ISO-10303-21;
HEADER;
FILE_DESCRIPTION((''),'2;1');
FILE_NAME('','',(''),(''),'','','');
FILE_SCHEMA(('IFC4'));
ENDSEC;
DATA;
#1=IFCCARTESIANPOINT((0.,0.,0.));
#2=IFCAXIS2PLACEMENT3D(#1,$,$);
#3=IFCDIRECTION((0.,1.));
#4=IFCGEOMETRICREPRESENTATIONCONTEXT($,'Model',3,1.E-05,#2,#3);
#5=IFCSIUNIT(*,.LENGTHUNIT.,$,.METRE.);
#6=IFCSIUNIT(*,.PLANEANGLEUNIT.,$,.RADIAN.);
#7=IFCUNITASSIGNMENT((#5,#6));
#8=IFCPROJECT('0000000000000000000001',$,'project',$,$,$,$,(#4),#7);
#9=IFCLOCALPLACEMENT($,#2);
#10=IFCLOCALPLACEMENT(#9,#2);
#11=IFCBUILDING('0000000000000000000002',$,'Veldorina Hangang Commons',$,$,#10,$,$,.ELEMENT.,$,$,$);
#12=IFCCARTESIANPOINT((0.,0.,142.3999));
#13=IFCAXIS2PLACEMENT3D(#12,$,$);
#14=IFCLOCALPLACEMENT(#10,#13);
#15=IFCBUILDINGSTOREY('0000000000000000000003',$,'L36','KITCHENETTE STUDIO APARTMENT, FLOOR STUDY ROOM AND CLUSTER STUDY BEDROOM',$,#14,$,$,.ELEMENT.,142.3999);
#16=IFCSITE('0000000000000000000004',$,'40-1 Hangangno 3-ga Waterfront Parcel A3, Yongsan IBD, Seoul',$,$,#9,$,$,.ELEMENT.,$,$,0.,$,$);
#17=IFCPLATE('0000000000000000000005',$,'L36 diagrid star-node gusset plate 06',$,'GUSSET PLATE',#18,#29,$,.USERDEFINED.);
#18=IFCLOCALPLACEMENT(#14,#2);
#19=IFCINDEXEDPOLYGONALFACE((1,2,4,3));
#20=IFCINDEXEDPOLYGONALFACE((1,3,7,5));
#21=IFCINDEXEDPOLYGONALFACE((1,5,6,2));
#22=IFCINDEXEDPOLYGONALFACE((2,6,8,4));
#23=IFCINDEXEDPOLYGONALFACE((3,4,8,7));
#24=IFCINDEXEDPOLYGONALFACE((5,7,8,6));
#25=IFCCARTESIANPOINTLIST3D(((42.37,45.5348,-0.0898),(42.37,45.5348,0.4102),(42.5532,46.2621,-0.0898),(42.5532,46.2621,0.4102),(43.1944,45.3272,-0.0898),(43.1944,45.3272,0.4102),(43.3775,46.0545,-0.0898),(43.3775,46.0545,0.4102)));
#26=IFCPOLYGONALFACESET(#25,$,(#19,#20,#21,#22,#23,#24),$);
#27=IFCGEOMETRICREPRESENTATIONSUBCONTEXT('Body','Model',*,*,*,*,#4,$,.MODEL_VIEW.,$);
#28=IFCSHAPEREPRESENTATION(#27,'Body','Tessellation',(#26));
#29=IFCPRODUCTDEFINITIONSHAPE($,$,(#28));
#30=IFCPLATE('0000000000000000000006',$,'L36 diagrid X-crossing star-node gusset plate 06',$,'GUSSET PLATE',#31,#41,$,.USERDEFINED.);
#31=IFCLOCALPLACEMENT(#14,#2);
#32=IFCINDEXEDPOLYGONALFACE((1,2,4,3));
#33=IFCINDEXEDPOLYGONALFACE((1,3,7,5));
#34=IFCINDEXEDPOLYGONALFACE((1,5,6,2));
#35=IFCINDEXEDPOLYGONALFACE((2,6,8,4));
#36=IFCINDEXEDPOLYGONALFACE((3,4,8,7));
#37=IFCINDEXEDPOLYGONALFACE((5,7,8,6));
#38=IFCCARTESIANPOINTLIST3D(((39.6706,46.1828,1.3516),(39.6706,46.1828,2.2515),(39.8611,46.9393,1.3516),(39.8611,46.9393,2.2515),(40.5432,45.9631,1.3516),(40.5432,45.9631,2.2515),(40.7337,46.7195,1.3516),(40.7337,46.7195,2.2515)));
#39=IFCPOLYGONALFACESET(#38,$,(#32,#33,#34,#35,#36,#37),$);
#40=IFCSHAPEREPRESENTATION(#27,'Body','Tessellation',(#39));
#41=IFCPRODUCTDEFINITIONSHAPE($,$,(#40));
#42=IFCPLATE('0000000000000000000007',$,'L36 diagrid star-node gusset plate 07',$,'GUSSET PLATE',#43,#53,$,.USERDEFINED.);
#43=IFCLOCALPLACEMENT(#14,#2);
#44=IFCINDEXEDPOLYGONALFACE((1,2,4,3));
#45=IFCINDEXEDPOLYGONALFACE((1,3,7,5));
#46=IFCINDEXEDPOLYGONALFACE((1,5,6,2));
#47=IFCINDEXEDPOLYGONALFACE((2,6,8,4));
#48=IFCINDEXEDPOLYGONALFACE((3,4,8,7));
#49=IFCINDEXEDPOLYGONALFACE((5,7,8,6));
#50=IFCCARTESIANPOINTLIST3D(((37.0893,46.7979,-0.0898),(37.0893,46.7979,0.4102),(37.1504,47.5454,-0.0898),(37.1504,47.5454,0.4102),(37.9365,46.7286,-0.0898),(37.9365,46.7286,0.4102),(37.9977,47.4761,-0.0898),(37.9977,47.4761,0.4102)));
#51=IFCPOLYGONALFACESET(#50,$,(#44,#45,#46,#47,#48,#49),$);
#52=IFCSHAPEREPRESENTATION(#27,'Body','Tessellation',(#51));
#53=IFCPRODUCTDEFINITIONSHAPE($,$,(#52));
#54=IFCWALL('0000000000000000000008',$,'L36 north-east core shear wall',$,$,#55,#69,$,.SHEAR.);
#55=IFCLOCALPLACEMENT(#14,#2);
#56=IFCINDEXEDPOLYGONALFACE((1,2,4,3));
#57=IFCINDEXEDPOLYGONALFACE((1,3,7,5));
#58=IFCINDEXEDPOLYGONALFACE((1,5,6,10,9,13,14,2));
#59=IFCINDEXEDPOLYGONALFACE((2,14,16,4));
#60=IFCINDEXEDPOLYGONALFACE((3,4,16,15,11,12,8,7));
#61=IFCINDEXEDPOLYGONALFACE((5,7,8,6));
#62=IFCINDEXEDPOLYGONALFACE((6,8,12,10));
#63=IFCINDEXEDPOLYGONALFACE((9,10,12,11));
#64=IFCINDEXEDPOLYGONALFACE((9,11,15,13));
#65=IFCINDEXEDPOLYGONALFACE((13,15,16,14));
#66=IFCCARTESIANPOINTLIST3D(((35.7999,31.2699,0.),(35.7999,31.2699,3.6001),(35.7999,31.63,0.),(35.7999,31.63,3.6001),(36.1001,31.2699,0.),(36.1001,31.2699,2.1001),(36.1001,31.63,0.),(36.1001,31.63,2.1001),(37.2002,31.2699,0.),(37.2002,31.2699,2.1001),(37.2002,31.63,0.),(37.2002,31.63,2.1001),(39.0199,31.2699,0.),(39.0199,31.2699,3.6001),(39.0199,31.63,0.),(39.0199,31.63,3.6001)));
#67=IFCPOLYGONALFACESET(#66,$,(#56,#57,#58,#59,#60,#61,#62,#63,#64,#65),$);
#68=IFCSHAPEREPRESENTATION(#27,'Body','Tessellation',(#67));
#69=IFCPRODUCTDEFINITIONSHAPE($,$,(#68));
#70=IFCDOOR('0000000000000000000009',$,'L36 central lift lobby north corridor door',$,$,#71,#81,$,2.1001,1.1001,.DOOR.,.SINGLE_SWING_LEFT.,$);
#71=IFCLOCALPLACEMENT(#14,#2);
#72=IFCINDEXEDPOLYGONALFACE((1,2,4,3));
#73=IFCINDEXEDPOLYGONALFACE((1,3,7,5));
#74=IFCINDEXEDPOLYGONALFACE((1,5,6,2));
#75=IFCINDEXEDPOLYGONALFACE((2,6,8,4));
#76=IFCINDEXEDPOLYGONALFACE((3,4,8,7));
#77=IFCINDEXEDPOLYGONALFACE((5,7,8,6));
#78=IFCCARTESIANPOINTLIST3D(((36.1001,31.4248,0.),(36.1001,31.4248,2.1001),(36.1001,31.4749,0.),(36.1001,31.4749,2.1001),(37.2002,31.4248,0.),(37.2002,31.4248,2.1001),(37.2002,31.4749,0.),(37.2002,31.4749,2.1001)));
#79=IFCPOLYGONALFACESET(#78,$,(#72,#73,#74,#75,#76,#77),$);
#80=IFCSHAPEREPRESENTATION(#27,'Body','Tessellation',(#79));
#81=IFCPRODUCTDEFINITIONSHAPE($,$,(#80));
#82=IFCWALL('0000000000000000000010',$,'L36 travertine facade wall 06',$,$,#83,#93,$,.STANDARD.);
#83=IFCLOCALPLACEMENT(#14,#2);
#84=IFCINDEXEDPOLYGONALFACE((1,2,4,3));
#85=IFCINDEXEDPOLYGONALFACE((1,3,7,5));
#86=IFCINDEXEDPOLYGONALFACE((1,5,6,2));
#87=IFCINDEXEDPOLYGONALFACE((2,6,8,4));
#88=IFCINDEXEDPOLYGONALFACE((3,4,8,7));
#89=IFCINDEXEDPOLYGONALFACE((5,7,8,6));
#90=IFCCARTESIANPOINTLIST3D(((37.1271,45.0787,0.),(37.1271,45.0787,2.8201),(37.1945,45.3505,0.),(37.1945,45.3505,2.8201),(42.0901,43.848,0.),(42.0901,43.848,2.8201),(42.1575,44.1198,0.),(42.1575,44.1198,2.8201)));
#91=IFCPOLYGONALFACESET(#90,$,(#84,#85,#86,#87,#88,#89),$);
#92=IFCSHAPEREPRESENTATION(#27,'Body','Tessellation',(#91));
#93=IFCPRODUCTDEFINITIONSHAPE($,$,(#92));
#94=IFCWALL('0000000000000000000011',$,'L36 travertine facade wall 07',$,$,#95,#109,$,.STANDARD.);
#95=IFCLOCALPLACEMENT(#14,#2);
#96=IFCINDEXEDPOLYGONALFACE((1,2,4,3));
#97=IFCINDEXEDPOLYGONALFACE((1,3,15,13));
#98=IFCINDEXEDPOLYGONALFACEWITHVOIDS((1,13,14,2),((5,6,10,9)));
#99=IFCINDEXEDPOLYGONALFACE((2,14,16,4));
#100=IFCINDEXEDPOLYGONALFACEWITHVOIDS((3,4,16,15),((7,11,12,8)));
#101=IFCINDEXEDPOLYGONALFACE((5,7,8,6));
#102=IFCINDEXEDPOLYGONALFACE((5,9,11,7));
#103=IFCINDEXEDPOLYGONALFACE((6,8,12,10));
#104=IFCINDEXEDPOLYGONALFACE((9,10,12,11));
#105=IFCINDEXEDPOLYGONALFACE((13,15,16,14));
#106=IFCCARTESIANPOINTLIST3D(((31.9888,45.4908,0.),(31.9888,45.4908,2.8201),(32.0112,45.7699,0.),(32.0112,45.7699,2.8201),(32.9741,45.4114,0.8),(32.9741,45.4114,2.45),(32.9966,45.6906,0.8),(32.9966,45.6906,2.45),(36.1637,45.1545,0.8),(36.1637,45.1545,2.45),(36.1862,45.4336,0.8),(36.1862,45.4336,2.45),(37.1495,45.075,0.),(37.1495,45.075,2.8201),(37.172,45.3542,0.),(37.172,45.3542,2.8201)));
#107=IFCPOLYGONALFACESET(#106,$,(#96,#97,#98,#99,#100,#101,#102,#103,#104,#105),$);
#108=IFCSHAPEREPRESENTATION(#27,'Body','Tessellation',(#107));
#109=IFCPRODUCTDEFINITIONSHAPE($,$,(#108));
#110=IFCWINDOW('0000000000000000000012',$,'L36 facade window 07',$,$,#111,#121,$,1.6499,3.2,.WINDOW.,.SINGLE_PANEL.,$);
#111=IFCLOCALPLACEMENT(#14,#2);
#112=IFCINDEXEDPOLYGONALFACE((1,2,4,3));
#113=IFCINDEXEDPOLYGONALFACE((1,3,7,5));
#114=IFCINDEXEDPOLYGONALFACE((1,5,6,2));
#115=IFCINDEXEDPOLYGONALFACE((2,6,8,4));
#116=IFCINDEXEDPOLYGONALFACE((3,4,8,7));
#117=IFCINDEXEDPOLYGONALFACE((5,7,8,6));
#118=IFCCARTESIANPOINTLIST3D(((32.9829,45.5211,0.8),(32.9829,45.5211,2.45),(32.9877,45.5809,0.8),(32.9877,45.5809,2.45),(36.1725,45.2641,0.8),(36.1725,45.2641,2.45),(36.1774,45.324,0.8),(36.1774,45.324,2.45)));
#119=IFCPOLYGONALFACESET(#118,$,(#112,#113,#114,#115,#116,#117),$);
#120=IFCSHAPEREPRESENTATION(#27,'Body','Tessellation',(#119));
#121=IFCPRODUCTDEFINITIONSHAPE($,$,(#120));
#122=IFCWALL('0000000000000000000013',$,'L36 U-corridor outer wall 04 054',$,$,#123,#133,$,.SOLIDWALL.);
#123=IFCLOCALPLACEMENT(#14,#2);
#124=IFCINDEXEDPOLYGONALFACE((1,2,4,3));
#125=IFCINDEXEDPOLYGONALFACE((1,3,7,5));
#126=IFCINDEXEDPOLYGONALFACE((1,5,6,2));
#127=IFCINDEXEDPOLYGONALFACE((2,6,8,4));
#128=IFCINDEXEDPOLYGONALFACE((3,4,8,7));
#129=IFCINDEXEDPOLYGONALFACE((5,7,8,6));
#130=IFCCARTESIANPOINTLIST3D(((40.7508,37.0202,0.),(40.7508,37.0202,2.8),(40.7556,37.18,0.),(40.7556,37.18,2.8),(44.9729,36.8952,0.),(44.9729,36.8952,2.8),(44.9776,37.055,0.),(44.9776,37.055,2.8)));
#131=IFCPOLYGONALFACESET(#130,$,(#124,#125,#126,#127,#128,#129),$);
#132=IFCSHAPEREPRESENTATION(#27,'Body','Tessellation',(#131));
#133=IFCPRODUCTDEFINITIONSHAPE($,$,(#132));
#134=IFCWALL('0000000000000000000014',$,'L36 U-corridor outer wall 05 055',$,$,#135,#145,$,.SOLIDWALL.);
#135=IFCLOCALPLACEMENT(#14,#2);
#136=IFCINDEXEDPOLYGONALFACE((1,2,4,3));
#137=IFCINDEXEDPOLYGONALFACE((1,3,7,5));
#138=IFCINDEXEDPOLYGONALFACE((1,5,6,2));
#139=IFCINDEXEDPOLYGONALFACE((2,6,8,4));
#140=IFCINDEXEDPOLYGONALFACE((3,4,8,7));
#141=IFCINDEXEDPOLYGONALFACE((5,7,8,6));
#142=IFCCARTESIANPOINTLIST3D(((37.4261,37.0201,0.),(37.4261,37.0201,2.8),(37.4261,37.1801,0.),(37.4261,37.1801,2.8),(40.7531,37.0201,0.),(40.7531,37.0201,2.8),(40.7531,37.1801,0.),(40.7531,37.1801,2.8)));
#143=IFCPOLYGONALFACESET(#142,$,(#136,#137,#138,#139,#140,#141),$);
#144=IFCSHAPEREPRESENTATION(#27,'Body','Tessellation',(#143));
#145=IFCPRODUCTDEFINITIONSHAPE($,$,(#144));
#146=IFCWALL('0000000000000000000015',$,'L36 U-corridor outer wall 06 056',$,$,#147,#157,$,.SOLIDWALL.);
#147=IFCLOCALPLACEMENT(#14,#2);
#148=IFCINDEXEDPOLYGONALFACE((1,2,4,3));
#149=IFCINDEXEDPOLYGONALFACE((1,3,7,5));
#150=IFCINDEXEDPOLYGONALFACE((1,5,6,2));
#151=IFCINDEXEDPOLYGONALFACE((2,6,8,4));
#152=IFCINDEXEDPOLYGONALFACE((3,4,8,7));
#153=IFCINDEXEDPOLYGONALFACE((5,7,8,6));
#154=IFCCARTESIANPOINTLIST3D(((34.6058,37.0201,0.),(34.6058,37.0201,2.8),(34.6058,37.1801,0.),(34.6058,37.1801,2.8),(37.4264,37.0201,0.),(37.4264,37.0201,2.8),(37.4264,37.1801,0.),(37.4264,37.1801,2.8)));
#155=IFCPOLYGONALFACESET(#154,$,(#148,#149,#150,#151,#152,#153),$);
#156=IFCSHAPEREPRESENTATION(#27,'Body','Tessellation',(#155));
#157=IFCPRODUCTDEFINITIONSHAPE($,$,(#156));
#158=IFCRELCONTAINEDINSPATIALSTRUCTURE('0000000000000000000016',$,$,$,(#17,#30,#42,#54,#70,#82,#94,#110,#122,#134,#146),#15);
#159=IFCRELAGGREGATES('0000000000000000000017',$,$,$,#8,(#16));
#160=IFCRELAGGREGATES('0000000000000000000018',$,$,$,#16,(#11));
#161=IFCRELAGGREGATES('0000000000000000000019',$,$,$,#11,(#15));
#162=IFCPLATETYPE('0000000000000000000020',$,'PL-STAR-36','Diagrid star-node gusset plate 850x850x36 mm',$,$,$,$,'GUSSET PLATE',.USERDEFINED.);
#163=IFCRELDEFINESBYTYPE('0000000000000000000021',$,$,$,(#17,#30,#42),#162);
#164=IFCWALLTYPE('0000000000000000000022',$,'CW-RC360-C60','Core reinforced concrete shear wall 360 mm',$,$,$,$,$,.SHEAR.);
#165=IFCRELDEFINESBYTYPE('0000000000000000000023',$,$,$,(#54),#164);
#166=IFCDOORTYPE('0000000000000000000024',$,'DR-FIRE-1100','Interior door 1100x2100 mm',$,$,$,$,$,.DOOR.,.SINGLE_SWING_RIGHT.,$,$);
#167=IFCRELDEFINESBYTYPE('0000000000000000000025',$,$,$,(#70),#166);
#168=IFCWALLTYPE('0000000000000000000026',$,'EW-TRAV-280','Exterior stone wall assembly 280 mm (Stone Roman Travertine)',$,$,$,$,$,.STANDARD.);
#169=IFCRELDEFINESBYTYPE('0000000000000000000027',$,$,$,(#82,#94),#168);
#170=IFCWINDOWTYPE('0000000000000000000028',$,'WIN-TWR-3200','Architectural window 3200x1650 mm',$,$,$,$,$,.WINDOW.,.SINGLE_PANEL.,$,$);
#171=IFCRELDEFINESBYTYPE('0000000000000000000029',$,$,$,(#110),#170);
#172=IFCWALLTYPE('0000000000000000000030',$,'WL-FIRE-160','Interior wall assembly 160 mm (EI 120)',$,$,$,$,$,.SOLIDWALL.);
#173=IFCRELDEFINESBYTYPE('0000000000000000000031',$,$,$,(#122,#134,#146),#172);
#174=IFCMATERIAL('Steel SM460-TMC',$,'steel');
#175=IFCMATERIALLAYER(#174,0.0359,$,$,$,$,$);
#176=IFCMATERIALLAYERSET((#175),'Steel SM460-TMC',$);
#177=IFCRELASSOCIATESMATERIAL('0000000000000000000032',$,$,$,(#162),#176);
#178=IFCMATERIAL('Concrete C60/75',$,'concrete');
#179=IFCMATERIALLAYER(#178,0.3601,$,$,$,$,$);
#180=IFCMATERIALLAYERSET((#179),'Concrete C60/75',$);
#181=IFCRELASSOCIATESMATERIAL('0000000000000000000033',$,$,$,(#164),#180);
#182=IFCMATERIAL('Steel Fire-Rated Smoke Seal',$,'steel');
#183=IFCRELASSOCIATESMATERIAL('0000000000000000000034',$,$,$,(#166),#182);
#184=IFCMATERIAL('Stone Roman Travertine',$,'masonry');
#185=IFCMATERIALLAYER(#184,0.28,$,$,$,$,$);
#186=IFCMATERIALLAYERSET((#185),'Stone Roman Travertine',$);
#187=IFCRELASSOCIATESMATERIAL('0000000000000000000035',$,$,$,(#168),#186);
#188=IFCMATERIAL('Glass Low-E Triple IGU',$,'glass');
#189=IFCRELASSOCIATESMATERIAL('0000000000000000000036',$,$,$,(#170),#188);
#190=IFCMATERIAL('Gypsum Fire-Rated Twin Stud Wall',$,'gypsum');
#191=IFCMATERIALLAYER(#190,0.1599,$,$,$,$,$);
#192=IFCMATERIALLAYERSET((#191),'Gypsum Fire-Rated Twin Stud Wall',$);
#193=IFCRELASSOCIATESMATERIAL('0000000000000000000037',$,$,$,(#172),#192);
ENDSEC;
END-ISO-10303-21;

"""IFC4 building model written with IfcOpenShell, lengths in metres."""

from ifc_helpers import new_model, si_unit, direction, frame, frame_2d, origin, origin_2d, place, context, subcontext, project, spatial, rectangle, extrude, material, layer, layer_set, type_object, element, fill, save


model = new_model("IFC4")

# Units and contexts
model_context = context("Model", 3, precision=1e-05, world=origin(), true_north=direction((0.0, 1.0)))
body_context = subcontext(model_context, "Body", "Model", "MODEL_VIEW")
ifc_project = project(units=[si_unit("LENGTHUNIT", "METRE"), si_unit("PLANEANGLEUNIT", "RADIAN")], contexts=[model_context])

# Site, building, storey
site_placement = place(None, origin())
site = spatial("IfcSite", under=ifc_project, at=site_placement, Name="40-1 Hangangno 3-ga Waterfront Parcel A3, Yongsan IBD, Seoul", CompositionType="ELEMENT", RefElevation=0.0)
building_placement = place(site_placement, origin())
building = spatial("IfcBuilding", under=site, at=building_placement, Name="Veldorina Hangang Commons", CompositionType="ELEMENT")
storey_placement = place(building_placement, frame((0.0, 0.0, 142.3999)))
storey = spatial("IfcBuildingStorey", under=building, at=storey_placement, Name="L36", Description="KITCHENETTE STUDIO APARTMENT, FLOOR STUDY ROOM AND CLUSTER STUDY BEDROOM", CompositionType="ELEMENT", Elevation=142.3999)

# Plates
ifc_material_1 = material(Name="Steel SM460-TMC", Category="steel")
ifc_layer_1 = layer(ifc_material_1, 0.0359)
ifc_layer_set_1 = layer_set([ifc_layer_1], Name="Steel SM460-TMC")
plate_type = type_object("IfcPlateType", Name="PL-STAR-36", Description="Diagrid star-node gusset plate 850x850x36 mm", ElementType="GUSSET PLATE", PredefinedType="USERDEFINED", material=ifc_layer_set_1)
plate_1_placement = place(storey_placement, frame((42.8738, 45.7947, -0.0898), z_axis=(0.0, 0.0, 1.0), x_axis=(-0.969723, 0.244207, 0.0)))
element("IfcPlate", 1, at=plate_1_placement, inside=storey, type_object=plate_type, Name="L36 diagrid star-node gusset plate 06", ObjectType="GUSSET PLATE", PredefinedType="USERDEFINED", context=body_context, shape_type="SweptSolid", body=[
    extrude(rectangle(XDim=0.8501, YDim=0.75, at=origin_2d()), origin(), (0.0, 0.0, 1.0), 0.5),
])
plate_2_placement = place(storey_placement, frame((40.2021, 46.4512, 1.3516), z_axis=(0.0, 0.0, 1.0), x_axis=(-0.969723, 0.244207, 0.0)))
element("IfcPlate", 2, at=plate_2_placement, inside=storey, type_object=plate_type, Name="L36 diagrid X-crossing star-node gusset plate 06", ObjectType="GUSSET PLATE", PredefinedType="USERDEFINED", context=body_context, shape_type="SweptSolid", body=[
    extrude(rectangle(XDim=0.8999, YDim=0.78, at=origin_2d()), origin(), (0.0, 0.0, 1.0), 0.8999),
])
plate_3_placement = place(storey_placement, frame((37.5435, 47.137, -0.0898), z_axis=(0.0, 0.0, 1.0), x_axis=(-0.996673, 0.081504, 0.0)))
element("IfcPlate", 3, at=plate_3_placement, inside=storey, type_object=plate_type, Name="L36 diagrid star-node gusset plate 07", ObjectType="GUSSET PLATE", PredefinedType="USERDEFINED", context=body_context, shape_type="SweptSolid", body=[
    extrude(rectangle(XDim=0.8501, YDim=0.75, at=origin_2d()), origin(), (0.0, 0.0, 1.0), 0.5),
])

# Wall, opening, door
ifc_material_2 = material(Name="Concrete C60/75", Category="concrete")
ifc_layer_2 = layer(ifc_material_2, 0.3601)
ifc_layer_set_2 = layer_set([ifc_layer_2], Name="Concrete C60/75")
wall_type_1 = type_object("IfcWallType", Name="CW-RC360-C60", Description="Core reinforced concrete shear wall 360 mm", PredefinedType="SHEAR", material=ifc_layer_set_2)
wall_1_placement = place(storey_placement, frame((35.8, 31.45, 0.0), z_axis=(0.0, 0.0, 1.0), x_axis=(1.0, 0.0, 0.0)))
wall_1 = element("IfcWall", 4, at=wall_1_placement, inside=storey, type_object=wall_type_1, Name="L36 north-east core shear wall", PredefinedType="SHEAR", context=body_context, shape_type="SweptSolid", body=[
    extrude(rectangle(XDim=3.22, YDim=0.3601, at=frame_2d((1.6099, 0.0))), origin(), (0.0, 0.0, 1.0), 3.6001),
])
opening_1_placement = place(wall_1_placement, frame((0.3, 0.0, 0.0)))
opening_1 = element("IfcOpeningElement", 5, at=opening_1_placement, cuts=wall_1, PredefinedType="OPENING", context=body_context, shape_type="SweptSolid", body=[
    extrude(rectangle(XDim=1.1001, YDim=2.1001, at=frame_2d((0.55, 1.05))), frame((0.0, 0.1899, 0.0), z_axis=(0.0, -1.0, 0.0), x_axis=(1.0, 0.0, 0.0)), (0.0, 0.0, 1.0), 0.3801),
])
ifc_material_3 = material(Name="Steel Fire-Rated Smoke Seal", Category="steel")
door_type_1 = type_object("IfcDoorType", Name="DR-FIRE-1100", Description="Interior door 1100x2100 mm", OperationType="SINGLE_SWING_RIGHT", PredefinedType="DOOR", material=ifc_material_3)
door_1_placement = place(opening_1_placement, origin())
door_1 = element("IfcDoor", 6, at=door_1_placement, inside=storey, type_object=door_type_1, Name="L36 central lift lobby north corridor door", OperationType="SINGLE_SWING_LEFT", OverallHeight=2.1001, OverallWidth=1.1001, PredefinedType="DOOR", context=body_context, shape_type="SweptSolid", body=[
    extrude(rectangle(XDim=1.1001, YDim=2.1001, at=frame_2d((0.55, 1.05))), frame((0.0, 0.0249, 0.0), z_axis=(0.0, -1.0, 0.0), x_axis=(1.0, 0.0, 0.0)), (0.0, 0.0, 1.0), 0.05),
])
fill(opening_1, door_1)

# Wall
ifc_material_4 = material(Name="Stone Roman Travertine", Category="masonry")
ifc_layer_3 = layer(ifc_material_4, 0.28)
ifc_layer_set_3 = layer_set([ifc_layer_3], Name="Stone Roman Travertine")
wall_type_2 = type_object("IfcWallType", Name="EW-TRAV-280", Description="Exterior stone wall assembly 280 mm (Stone Roman Travertine)", PredefinedType="STANDARD", material=ifc_layer_set_3)
wall_2_placement = place(storey_placement, frame((42.1238, 43.9839, 0.0), z_axis=(0.0, 0.0, 1.0), x_axis=(-0.970601, 0.240693, 0.0)))
element("IfcWall", 7, at=wall_2_placement, inside=storey, type_object=wall_type_2, Name="L36 travertine facade wall 06", PredefinedType="STANDARD", context=body_context, shape_type="SweptSolid", body=[
    extrude(rectangle(XDim=5.1133, YDim=0.28, at=frame_2d((2.5566, 0.0))), origin(), (0.0, 0.0, 1.0), 2.8201),
])

# Wall, opening, window
wall_3_placement = place(storey_placement, frame((37.1609, 45.2146, 0.0), z_axis=(0.0, 0.0, 1.0), x_axis=(-0.996771, 0.080302, 0.0)))
wall_3 = element("IfcWall", 8, at=wall_3_placement, inside=storey, type_object=wall_type_2, Name="L36 travertine facade wall 07", PredefinedType="STANDARD", context=body_context, shape_type="SweptSolid", body=[
    extrude(rectangle(XDim=5.1775, YDim=0.28, at=frame_2d((2.5889, 0.0))), origin(), (0.0, 0.0, 1.0), 2.8201),
])
opening_2_placement = place(wall_3_placement, frame((0.989, 0.0, 0.8)))
opening_2 = element("IfcOpeningElement", 9, at=opening_2_placement, cuts=wall_3, PredefinedType="OPENING", context=body_context, shape_type="SweptSolid", body=[
    extrude(rectangle(XDim=3.2, YDim=1.6499, at=frame_2d((1.6001, 0.825))), frame((0.0, 0.1499, 0.0), z_axis=(0.0, -1.0, 0.0), x_axis=(1.0, 0.0, 0.0)), (0.0, 0.0, 1.0), 0.3),
])
ifc_material_5 = material(Name="Glass Low-E Triple IGU", Category="glass")
window_type = type_object("IfcWindowType", Name="WIN-TWR-3200", Description="Architectural window 3200x1650 mm", PartitioningType="SINGLE_PANEL", PredefinedType="WINDOW", material=ifc_material_5)
window_placement = place(opening_2_placement, origin())
window = element("IfcWindow", 10, at=window_placement, inside=storey, type_object=window_type, Name="L36 facade window 07", OverallHeight=1.6499, OverallWidth=3.2, PartitioningType="SINGLE_PANEL", PredefinedType="WINDOW", context=body_context, shape_type="SweptSolid", body=[
    extrude(rectangle(XDim=3.2, YDim=1.6499, at=frame_2d((1.6001, 0.825))), frame((0.0, 0.03, 0.0), z_axis=(0.0, -1.0, 0.0), x_axis=(1.0, 0.0, 0.0)), (0.0, 0.0, 1.0), 0.0601),
])
fill(opening_2, window)

# Walls
ifc_material_6 = material(Name="Gypsum Fire-Rated Twin Stud Wall", Category="gypsum")
ifc_layer_4 = layer(ifc_material_6, 0.1599)
ifc_layer_set_4 = layer_set([ifc_layer_4], Name="Gypsum Fire-Rated Twin Stud Wall")
wall_type_3 = type_object("IfcWallType", Name="WL-FIRE-160", Description="Interior wall assembly 160 mm (EI 120)", PredefinedType="SOLIDWALL", material=ifc_layer_set_4)
wall_4_placement = place(storey_placement, frame((44.9751, 36.9751, 0.0), z_axis=(0.0, 0.0, 1.0), x_axis=(-0.999562, 0.029594, 0.0)))
element("IfcWall", 11, at=wall_4_placement, inside=storey, type_object=wall_type_3, Name="L36 U-corridor outer wall 04 054", PredefinedType="SOLIDWALL", context=body_context, shape_type="SweptSolid", body=[
    extrude(rectangle(XDim=4.2239, YDim=0.1599, at=frame_2d((2.1118, 0.0))), origin(), (0.0, 0.0, 1.0), 2.8),
])
wall_5_placement = place(storey_placement, frame((40.7532, 37.1001, 0.0), z_axis=(0.0, 0.0, 1.0), x_axis=(-1.0, 0.0, 0.0)))
element("IfcWall", 12, at=wall_5_placement, inside=storey, type_object=wall_type_3, Name="L36 U-corridor outer wall 05 055", PredefinedType="SOLIDWALL", context=body_context, shape_type="SweptSolid", body=[
    extrude(rectangle(XDim=3.3269, YDim=0.1599, at=frame_2d((1.6636, 0.0))), origin(), (0.0, 0.0, 1.0), 2.8),
])
wall_6_placement = place(storey_placement, frame((37.4263, 37.1001, 0.0), z_axis=(0.0, 0.0, 1.0), x_axis=(-1.0, 0.0, 0.0)))
element("IfcWall", 13, at=wall_6_placement, inside=storey, type_object=wall_type_3, Name="L36 U-corridor outer wall 06 056", PredefinedType="SOLIDWALL", context=body_context, shape_type="SweptSolid", body=[
    extrude(rectangle(XDim=2.8206, YDim=0.1599, at=frame_2d((1.4102, 0.0))), origin(), (0.0, 0.0, 1.0), 2.8),
])

save(model, "model.ifc")
